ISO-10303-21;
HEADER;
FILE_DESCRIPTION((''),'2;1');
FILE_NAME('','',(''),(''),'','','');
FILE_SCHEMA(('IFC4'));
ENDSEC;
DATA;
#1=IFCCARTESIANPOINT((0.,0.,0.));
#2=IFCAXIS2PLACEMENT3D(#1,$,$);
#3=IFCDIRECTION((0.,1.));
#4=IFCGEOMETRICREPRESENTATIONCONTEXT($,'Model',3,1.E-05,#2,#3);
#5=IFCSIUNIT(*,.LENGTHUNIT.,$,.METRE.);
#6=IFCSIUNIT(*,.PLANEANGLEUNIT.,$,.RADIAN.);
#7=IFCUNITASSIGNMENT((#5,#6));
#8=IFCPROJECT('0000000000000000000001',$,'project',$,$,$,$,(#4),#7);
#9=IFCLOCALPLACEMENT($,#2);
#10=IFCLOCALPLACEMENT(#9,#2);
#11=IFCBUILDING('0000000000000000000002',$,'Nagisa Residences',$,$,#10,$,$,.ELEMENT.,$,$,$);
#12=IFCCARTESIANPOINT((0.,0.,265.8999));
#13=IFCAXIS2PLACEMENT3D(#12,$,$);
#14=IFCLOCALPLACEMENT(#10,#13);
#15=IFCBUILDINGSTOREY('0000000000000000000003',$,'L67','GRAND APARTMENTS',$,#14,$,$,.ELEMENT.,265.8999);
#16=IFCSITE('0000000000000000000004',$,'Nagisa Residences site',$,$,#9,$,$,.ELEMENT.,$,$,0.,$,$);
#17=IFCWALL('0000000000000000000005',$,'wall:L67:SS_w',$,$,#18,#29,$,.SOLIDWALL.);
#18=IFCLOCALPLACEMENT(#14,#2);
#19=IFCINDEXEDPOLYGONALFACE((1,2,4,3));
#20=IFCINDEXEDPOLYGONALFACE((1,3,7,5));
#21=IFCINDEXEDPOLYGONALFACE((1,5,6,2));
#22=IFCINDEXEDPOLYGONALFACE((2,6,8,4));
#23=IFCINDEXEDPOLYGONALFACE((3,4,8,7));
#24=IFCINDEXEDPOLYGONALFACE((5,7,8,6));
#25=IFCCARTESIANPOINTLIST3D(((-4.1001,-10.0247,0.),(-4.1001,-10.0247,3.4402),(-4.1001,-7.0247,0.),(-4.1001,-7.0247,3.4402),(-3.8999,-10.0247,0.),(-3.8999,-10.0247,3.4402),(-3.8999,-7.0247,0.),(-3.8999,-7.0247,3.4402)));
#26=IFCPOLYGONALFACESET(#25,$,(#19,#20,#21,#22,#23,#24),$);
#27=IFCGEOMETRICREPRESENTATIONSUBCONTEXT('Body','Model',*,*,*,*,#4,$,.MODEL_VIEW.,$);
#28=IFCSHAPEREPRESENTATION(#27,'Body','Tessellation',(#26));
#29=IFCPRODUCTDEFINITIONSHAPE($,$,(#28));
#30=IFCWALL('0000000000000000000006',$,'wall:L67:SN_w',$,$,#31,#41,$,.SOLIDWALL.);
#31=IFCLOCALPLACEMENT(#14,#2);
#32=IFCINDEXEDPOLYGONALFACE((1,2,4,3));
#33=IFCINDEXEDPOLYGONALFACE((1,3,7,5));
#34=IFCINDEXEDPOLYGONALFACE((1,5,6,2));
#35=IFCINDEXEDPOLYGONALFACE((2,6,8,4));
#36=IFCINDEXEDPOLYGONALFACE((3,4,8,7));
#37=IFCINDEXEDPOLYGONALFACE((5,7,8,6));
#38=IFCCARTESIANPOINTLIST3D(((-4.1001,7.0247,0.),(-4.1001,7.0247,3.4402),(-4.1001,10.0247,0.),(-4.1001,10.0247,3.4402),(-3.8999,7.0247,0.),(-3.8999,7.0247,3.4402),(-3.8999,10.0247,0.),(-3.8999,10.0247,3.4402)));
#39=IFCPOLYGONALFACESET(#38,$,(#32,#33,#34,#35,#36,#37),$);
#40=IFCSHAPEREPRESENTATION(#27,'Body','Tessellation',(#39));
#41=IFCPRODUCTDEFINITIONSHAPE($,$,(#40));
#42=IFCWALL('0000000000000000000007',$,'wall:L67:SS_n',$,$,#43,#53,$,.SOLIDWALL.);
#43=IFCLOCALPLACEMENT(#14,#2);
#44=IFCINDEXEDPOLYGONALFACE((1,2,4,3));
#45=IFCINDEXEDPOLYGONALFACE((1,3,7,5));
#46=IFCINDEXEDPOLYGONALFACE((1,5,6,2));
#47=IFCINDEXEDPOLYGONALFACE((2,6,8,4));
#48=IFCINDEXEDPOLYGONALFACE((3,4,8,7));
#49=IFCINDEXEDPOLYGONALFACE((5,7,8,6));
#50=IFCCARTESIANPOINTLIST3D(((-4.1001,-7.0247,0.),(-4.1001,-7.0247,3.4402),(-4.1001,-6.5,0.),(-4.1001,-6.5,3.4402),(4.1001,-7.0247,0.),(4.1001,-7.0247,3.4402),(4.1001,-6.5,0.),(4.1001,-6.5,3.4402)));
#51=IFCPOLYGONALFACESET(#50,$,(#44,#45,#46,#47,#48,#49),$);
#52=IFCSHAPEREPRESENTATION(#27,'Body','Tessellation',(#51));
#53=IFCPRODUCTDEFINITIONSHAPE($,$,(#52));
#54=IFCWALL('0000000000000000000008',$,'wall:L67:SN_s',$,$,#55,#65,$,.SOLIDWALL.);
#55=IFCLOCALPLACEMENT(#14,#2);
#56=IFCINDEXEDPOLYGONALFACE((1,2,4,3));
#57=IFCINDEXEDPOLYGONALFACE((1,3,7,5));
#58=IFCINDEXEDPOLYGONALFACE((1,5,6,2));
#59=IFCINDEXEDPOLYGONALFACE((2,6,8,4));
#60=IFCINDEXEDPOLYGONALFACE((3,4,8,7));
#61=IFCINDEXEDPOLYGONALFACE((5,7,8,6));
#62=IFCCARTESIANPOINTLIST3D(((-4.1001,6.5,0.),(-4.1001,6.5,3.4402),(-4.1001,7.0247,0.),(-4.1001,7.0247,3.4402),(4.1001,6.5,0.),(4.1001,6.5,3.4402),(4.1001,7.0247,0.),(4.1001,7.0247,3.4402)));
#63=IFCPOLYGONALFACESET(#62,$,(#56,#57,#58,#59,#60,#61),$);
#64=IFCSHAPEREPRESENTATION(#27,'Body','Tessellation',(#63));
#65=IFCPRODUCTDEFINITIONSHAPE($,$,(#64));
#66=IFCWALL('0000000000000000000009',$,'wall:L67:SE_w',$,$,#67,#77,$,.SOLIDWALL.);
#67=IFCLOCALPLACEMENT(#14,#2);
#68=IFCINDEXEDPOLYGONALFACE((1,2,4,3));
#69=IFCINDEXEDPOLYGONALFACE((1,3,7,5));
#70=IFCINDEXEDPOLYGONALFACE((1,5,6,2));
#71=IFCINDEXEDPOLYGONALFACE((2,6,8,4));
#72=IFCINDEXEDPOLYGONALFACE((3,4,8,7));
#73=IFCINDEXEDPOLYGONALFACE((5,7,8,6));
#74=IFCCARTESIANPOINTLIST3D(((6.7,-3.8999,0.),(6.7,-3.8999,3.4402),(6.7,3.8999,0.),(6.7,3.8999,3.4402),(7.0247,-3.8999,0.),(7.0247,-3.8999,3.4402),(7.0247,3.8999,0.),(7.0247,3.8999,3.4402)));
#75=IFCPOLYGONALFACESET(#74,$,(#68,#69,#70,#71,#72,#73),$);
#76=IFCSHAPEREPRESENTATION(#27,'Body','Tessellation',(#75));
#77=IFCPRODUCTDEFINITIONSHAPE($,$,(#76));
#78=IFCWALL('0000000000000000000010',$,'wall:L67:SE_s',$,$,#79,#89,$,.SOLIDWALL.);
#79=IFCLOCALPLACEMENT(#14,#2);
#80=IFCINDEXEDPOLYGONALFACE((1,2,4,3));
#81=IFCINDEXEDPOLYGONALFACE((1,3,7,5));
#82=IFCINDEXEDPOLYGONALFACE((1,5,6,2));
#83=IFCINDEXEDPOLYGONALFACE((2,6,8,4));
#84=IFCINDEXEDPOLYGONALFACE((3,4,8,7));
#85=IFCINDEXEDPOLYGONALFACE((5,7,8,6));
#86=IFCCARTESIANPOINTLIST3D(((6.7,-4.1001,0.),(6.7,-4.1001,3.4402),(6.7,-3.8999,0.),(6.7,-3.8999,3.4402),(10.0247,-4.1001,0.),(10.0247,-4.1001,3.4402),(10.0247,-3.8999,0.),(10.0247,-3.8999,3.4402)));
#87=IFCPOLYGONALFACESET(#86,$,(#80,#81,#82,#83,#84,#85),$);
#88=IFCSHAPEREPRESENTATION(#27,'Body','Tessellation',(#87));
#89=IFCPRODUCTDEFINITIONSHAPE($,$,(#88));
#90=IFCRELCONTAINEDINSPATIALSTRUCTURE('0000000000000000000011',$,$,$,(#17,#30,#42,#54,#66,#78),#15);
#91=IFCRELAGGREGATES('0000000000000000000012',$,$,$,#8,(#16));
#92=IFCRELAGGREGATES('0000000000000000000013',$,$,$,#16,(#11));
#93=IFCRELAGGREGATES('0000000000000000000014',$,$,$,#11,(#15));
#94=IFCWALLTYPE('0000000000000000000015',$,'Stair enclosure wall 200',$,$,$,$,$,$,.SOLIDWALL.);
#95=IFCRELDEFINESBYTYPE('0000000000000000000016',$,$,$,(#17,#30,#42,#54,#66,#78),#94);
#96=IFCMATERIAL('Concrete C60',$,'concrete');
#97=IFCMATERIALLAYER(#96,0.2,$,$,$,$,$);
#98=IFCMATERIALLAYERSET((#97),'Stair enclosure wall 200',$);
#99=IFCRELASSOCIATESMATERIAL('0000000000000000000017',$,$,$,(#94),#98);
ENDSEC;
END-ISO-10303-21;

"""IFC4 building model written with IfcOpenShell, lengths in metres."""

from ifc_helpers import new_model, si_unit, direction, frame, origin, place, context, subcontext, project, spatial, polyline, outline, extrude, material, layer, layer_set, type_object, element, save


model = new_model("IFC4")

# Units and contexts
model_context = context("Model", 3, precision=1e-05, world=origin(), true_north=direction((0.0, 1.0)))
body_context = subcontext(model_context, "Body", "Model", "MODEL_VIEW")
ifc_project = project(units=[si_unit("LENGTHUNIT", "METRE"), si_unit("PLANEANGLEUNIT", "RADIAN")], contexts=[model_context])

# Site, building, storey
site_placement = place(None, origin())
site = spatial("IfcSite", under=ifc_project, at=site_placement, Name="Nagisa Residences site", CompositionType="ELEMENT", RefElevation=0.0)
building_placement = place(site_placement, origin())
building = spatial("IfcBuilding", under=site, at=building_placement, Name="Nagisa Residences", CompositionType="ELEMENT")
storey_placement = place(building_placement, frame((0.0, 0.0, 265.8999)))
storey = spatial("IfcBuildingStorey", under=building, at=storey_placement, Name="L67", Description="GRAND APARTMENTS", CompositionType="ELEMENT", Elevation=265.8999)

# Shared definitions
ifc_material_1 = material(Name="Concrete C60", Category="concrete")
ifc_layer_1 = layer(ifc_material_1, 0.2)
ifc_layer_set_1 = layer_set([ifc_layer_1], Name="Stair enclosure wall 200")
wall_type_1 = type_object("IfcWallType", Name="Stair enclosure wall 200", PredefinedType="SOLIDWALL", material=ifc_layer_set_1)

# Walls
wall_1_placement = place(storey_placement, origin())
element("IfcWall", 1, at=wall_1_placement, inside=storey, type_object=wall_type_1, Name="wall:L67:SS_w", PredefinedType="SOLIDWALL", context=body_context, shape_type="SweptSolid", body=[
    extrude(outline(polyline([(-3.8999, -10.0247), (-4.1001, -10.0247), (-4.1001, -7.0247), (-3.8999, -7.0247), (-3.8999, -10.0247)])), origin(), (0.0, 0.0, 1.0), 3.4402),
])
wall_2_placement = place(storey_placement, origin())
element("IfcWall", 2, at=wall_2_placement, inside=storey, type_object=wall_type_1, Name="wall:L67:SN_w", PredefinedType="SOLIDWALL", context=body_context, shape_type="SweptSolid", body=[
    extrude(outline(polyline([(-3.8999, 7.0247), (-4.1001, 7.0247), (-4.1001, 10.0247), (-3.8999, 10.0247), (-3.8999, 7.0247)])), origin(), (0.0, 0.0, 1.0), 3.4402),
])
wall_3_placement = place(storey_placement, origin())
element("IfcWall", 3, at=wall_3_placement, inside=storey, type_object=wall_type_1, Name="wall:L67:SS_n", PredefinedType="SOLIDWALL", context=body_context, shape_type="SweptSolid", body=[
    extrude(outline(polyline([(4.1001, -7.0247), (-4.1001, -7.0247), (-4.1001, -6.5), (4.1001, -6.5), (4.1001, -7.0247)])), origin(), (0.0, 0.0, 1.0), 3.4402),
])
wall_4_placement = place(storey_placement, origin())
element("IfcWall", 4, at=wall_4_placement, inside=storey, type_object=wall_type_1, Name="wall:L67:SN_s", PredefinedType="SOLIDWALL", context=body_context, shape_type="SweptSolid", body=[
    extrude(outline(polyline([(4.1001, 6.5), (-4.1001, 6.5), (-4.1001, 7.0247), (4.1001, 7.0247), (4.1001, 6.5)])), origin(), (0.0, 0.0, 1.0), 3.4402),
])
wall_5_placement = place(storey_placement, origin())
element("IfcWall", 5, at=wall_5_placement, inside=storey, type_object=wall_type_1, Name="wall:L67:SE_w", PredefinedType="SOLIDWALL", context=body_context, shape_type="SweptSolid", body=[
    extrude(outline(polyline([(7.0247, -3.8999), (6.7, -3.8999), (6.7, 3.8999), (7.0247, 3.8999), (7.0247, -3.8999)])), origin(), (0.0, 0.0, 1.0), 3.4402),
])
wall_6_placement = place(storey_placement, origin())
element("IfcWall", 6, at=wall_6_placement, inside=storey, type_object=wall_type_1, Name="wall:L67:SE_s", PredefinedType="SOLIDWALL", context=body_context, shape_type="SweptSolid", body=[
    extrude(outline(polyline([(10.0247, -4.1001), (6.7, -4.1001), (6.7, -3.8999), (10.0247, -3.8999), (10.0247, -4.1001)])), origin(), (0.0, 0.0, 1.0), 3.4402),
])

save(model, "model.ifc")
